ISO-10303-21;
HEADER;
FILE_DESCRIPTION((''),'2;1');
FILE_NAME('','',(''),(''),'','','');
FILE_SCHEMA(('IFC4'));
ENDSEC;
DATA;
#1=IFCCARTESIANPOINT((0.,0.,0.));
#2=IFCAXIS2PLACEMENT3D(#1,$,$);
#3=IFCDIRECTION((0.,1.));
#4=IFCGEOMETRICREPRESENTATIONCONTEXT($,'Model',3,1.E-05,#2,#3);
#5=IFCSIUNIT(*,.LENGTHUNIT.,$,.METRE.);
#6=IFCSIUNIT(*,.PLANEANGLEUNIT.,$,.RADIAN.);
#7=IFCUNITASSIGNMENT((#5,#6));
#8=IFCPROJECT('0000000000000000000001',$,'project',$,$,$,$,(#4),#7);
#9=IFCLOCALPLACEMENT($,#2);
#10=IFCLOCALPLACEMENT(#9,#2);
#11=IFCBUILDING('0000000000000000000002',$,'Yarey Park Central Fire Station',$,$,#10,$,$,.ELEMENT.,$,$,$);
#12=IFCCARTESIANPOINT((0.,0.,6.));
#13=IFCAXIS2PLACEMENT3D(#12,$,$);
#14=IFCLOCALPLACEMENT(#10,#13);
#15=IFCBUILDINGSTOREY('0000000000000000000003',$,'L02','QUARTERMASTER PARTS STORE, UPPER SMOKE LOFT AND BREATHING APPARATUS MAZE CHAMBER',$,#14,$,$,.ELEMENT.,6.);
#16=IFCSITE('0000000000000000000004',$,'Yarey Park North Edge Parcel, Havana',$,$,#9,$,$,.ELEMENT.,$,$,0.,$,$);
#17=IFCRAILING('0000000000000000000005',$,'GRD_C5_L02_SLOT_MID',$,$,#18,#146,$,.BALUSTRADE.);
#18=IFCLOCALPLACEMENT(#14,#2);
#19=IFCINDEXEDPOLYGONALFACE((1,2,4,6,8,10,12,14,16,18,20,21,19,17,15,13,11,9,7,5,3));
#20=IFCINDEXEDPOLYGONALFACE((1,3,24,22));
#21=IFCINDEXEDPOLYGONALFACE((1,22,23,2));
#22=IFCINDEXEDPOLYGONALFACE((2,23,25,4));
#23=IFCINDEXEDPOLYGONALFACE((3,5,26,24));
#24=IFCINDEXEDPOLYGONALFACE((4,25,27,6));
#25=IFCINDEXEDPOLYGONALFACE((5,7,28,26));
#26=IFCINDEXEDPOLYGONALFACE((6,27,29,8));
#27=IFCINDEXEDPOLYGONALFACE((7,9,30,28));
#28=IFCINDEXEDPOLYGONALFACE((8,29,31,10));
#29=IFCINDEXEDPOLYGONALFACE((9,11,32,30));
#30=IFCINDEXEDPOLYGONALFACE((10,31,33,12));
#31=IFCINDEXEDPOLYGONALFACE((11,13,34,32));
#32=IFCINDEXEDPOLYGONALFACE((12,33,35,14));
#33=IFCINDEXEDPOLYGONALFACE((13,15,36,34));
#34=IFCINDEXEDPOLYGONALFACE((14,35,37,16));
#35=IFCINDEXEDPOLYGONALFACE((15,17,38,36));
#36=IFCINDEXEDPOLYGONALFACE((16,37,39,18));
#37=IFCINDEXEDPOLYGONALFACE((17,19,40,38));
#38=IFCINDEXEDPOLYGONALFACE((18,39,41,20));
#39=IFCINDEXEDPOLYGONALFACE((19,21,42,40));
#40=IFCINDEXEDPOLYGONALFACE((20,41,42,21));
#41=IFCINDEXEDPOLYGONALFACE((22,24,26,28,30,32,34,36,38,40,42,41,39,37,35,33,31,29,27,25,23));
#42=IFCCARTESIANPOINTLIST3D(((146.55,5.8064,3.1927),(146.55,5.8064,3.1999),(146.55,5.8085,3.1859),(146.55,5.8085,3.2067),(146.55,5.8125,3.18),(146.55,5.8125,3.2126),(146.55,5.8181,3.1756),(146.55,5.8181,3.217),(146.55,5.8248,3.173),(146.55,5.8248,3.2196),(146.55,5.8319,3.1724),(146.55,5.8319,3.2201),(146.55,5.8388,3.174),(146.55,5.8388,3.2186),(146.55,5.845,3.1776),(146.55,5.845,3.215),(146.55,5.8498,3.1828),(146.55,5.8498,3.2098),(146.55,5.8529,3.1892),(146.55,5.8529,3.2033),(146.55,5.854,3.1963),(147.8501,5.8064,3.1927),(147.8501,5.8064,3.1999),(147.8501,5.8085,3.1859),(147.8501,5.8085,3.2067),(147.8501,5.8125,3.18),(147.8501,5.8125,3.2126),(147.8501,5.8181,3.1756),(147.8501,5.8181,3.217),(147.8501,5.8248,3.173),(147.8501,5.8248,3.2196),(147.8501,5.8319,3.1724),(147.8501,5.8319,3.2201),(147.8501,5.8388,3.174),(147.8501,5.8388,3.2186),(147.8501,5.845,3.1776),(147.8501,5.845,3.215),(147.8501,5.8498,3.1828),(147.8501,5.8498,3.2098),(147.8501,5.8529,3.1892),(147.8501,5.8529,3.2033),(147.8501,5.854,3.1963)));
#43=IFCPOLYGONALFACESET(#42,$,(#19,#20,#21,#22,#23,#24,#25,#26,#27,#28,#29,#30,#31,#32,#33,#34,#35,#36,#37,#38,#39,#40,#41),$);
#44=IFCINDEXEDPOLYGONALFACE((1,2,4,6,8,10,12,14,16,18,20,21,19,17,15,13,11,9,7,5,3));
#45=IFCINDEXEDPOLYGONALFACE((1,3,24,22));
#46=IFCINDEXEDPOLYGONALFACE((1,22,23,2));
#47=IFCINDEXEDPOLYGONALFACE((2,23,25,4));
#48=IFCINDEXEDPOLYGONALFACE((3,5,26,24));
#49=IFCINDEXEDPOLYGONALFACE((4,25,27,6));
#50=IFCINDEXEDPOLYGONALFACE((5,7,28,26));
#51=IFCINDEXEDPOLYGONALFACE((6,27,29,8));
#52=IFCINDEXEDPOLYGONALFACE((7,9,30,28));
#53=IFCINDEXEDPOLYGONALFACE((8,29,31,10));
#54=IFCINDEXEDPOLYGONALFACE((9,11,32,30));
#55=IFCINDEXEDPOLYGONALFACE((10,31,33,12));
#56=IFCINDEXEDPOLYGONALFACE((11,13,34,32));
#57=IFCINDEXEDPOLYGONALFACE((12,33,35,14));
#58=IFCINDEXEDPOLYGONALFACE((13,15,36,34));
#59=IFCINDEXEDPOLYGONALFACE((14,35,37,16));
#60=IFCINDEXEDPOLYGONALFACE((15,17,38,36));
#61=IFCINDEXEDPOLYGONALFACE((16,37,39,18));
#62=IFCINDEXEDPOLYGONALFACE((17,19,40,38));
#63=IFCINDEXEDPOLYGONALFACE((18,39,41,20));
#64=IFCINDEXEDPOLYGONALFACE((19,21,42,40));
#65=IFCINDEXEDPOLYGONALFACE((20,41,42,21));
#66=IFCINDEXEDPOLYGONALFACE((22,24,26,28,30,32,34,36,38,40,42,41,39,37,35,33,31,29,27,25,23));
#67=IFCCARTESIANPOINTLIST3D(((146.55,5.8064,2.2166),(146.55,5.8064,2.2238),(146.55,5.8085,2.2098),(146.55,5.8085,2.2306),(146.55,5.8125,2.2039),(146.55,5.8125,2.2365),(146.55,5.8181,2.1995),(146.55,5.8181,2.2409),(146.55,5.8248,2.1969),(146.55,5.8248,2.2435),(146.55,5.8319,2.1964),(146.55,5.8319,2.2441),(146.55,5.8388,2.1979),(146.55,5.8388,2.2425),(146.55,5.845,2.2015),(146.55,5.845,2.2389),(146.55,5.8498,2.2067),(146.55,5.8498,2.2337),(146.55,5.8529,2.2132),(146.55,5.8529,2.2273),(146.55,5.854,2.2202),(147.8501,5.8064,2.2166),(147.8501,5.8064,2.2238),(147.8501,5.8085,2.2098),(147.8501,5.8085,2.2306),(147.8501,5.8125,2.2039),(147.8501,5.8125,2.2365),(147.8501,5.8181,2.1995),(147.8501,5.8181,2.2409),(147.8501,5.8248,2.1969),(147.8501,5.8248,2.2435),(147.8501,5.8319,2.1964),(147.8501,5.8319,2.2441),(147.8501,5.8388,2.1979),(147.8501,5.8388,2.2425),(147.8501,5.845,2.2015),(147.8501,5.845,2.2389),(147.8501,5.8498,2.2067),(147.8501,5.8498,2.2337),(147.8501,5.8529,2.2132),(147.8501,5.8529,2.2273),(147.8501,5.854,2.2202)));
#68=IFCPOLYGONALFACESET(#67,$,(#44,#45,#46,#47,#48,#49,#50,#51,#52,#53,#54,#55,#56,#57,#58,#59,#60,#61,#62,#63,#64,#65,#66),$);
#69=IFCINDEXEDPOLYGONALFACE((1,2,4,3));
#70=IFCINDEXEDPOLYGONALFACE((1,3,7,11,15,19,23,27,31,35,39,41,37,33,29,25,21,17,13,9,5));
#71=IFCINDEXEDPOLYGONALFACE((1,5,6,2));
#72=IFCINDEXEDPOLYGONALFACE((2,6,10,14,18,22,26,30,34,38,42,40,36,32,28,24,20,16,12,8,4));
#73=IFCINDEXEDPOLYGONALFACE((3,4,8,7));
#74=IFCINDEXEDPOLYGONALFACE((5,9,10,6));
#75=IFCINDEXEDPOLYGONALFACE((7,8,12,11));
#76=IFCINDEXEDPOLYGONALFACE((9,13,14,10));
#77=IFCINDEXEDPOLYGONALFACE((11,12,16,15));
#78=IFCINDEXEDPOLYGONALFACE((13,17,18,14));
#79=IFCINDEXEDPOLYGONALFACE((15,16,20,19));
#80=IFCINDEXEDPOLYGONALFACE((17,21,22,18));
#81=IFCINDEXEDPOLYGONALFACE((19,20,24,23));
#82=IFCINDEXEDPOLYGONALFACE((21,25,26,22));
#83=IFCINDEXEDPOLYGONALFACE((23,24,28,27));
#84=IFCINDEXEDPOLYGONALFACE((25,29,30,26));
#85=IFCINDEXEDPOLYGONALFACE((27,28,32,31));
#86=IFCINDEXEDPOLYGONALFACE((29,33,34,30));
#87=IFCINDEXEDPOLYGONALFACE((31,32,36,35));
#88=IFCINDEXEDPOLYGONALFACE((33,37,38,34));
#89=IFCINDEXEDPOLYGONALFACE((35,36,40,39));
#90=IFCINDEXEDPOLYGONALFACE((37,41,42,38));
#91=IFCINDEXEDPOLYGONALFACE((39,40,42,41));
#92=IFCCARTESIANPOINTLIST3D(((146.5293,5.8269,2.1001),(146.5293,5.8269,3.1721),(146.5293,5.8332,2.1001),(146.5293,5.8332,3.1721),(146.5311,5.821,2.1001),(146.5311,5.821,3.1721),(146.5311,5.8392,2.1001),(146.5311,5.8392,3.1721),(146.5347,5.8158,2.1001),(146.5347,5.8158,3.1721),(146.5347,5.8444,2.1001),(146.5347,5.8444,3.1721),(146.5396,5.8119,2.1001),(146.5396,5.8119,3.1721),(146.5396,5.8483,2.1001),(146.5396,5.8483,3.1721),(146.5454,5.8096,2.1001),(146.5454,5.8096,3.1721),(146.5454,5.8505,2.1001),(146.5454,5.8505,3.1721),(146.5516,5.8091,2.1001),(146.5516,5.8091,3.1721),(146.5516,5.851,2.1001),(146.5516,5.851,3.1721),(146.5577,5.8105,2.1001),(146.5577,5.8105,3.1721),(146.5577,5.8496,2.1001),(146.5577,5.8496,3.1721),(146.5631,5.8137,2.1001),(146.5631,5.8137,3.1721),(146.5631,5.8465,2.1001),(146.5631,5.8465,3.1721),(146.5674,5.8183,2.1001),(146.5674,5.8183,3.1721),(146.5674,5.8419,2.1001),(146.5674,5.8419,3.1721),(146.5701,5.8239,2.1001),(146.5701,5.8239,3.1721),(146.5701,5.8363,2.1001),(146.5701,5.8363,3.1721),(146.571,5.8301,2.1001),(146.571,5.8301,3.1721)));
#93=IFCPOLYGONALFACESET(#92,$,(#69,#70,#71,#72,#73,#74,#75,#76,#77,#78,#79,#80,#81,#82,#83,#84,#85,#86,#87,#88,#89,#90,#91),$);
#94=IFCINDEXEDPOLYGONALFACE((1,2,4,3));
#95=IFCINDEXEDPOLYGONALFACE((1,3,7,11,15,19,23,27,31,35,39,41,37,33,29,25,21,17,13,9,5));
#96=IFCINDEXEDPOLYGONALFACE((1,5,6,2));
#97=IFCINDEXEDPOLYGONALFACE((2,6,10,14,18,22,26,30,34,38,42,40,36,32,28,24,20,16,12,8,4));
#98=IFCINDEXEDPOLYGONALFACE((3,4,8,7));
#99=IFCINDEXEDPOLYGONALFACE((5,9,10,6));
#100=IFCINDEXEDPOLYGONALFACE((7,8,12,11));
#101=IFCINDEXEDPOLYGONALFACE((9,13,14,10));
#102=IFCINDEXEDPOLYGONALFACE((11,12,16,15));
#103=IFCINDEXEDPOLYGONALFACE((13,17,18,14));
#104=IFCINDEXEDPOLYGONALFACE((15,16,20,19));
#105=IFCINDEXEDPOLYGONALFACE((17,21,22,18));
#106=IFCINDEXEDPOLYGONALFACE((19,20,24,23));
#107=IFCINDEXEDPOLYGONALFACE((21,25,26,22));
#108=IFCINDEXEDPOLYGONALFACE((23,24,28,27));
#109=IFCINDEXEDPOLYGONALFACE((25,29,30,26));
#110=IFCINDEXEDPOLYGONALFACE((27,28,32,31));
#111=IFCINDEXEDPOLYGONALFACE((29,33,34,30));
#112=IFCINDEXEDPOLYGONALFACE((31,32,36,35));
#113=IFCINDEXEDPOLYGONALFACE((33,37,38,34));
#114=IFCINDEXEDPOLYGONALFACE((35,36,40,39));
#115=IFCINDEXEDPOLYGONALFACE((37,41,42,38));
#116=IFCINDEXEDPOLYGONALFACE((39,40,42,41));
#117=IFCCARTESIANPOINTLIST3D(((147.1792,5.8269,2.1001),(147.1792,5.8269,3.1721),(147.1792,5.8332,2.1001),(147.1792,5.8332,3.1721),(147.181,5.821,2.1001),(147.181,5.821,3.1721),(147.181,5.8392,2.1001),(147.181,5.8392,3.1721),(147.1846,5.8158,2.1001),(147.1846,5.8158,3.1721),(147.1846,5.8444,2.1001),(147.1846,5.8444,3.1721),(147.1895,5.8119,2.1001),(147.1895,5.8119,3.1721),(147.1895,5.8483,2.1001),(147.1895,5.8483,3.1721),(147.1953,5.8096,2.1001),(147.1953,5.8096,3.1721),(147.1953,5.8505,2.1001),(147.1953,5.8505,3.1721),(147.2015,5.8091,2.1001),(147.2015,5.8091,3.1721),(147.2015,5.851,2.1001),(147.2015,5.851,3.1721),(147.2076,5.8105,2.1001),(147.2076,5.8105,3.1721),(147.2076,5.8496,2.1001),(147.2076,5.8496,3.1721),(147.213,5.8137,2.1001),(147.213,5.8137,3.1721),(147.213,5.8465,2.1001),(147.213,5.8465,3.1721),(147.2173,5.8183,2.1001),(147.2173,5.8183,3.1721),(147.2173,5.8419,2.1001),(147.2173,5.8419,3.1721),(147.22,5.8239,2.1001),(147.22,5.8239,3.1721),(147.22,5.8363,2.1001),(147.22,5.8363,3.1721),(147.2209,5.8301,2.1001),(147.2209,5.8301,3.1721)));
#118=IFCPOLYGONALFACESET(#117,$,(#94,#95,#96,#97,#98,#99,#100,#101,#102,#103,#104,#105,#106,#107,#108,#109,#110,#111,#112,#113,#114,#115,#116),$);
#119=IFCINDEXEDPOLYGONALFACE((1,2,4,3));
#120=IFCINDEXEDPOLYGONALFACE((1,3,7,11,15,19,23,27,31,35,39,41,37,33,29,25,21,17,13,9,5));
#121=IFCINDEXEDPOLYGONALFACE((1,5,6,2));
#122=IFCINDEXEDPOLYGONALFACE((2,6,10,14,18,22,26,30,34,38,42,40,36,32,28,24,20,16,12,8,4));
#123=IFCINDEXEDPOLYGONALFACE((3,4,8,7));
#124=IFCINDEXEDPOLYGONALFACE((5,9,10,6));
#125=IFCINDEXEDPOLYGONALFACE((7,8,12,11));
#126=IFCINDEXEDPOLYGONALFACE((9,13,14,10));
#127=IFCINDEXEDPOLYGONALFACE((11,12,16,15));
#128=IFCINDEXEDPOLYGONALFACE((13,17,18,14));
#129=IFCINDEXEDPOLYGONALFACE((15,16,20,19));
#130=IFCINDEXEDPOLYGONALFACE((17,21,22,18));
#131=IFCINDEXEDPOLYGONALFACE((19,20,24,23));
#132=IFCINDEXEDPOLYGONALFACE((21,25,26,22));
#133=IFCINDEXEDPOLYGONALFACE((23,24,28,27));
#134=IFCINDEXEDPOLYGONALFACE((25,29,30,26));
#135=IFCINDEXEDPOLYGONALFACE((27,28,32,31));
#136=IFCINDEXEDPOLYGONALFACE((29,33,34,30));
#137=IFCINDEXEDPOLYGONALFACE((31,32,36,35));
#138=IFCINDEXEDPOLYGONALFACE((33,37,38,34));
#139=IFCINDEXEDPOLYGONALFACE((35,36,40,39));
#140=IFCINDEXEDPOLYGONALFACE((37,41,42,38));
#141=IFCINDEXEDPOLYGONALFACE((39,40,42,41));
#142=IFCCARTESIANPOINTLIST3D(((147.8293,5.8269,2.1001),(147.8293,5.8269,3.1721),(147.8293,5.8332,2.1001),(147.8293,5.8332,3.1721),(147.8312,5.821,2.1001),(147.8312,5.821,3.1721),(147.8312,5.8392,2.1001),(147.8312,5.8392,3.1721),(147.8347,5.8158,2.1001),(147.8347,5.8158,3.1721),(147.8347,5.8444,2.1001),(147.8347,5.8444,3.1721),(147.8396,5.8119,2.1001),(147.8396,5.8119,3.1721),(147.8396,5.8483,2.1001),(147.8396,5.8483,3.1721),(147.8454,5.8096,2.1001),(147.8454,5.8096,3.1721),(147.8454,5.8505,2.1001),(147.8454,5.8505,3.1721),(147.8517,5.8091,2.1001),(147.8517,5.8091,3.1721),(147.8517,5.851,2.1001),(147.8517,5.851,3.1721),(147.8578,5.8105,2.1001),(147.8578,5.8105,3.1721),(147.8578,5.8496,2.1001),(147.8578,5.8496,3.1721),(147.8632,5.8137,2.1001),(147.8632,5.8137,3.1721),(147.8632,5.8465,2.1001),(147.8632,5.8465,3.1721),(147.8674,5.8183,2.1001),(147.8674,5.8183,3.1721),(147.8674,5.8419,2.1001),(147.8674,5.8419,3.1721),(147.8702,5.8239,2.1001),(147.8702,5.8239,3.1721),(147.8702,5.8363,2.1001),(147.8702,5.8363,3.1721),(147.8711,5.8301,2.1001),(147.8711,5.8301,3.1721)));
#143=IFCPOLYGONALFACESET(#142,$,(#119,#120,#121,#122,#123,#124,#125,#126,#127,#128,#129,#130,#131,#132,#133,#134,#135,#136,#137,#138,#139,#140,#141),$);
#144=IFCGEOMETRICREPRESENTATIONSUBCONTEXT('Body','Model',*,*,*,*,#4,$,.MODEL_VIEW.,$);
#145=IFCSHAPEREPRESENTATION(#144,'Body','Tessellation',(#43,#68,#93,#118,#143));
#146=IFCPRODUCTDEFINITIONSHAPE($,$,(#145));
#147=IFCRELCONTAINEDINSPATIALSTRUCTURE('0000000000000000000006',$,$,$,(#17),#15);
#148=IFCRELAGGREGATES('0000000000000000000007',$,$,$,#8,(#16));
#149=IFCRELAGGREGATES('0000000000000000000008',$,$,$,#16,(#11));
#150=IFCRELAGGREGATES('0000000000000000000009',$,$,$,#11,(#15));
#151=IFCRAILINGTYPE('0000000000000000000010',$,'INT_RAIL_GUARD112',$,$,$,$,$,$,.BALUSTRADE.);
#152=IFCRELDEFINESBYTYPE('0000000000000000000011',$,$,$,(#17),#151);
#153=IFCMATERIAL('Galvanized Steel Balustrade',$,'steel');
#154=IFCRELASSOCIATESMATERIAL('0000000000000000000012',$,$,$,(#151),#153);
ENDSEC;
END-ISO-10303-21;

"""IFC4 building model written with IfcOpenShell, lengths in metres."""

from ifc_helpers import new_model, si_unit, direction, frame, origin, origin_2d, place, context, subcontext, project, spatial, circle, extrude, material, type_object, element, save


model = new_model("IFC4")

# Units and contexts
model_context = context("Model", 3, precision=1e-05, world=origin(), true_north=direction((0.0, 1.0)))
body_context = subcontext(model_context, "Body", "Model", "MODEL_VIEW")
ifc_project = project(units=[si_unit("LENGTHUNIT", "METRE"), si_unit("PLANEANGLEUNIT", "RADIAN")], contexts=[model_context])

# Site, building, storey
site_placement = place(None, origin())
site = spatial("IfcSite", under=ifc_project, at=site_placement, Name="Yarey Park North Edge Parcel, Havana", CompositionType="ELEMENT", RefElevation=0.0)
building_placement = place(site_placement, origin())
building = spatial("IfcBuilding", under=site, at=building_placement, Name="Yarey Park Central Fire Station", CompositionType="ELEMENT")
storey_placement = place(building_placement, frame((0.0, 0.0, 6.0)))
storey = spatial("IfcBuildingStorey", under=building, at=storey_placement, Name="L02", Description="QUARTERMASTER PARTS STORE, UPPER SMOKE LOFT AND BREATHING APPARATUS MAZE CHAMBER", CompositionType="ELEMENT", Elevation=6.0)

# Railing
ifc_material_1 = material(Name="Galvanized Steel Balustrade", Category="steel")
railing_type_1 = type_object("IfcRailingType", Name="INT_RAIL_GUARD112", PredefinedType="BALUSTRADE", material=ifc_material_1)
for number, where, name in (
    (1, (146.55, 5.8301, 2.1001), "GRD_C5_L02_SLOT_MID"),
):
    element("IfcRailing", number, at=place(storey_placement, frame(where)), inside=storey, type_object=railing_type_1, Name=name, PredefinedType="BALUSTRADE", context=body_context, shape_type="SweptSolid", body=[
        extrude(circle(Radius=0.0239, at=origin_2d()), frame((0.0, 0.0, 1.0962), z_axis=(1.0, 0.0, 0.0), x_axis=(0.0, 1.0, 0.0)), (0.0, 0.0, 1.0), 1.3),
        extrude(circle(Radius=0.0239, at=origin_2d()), frame((0.0, 0.0, 0.1201), z_axis=(1.0, 0.0, 0.0), x_axis=(0.0, 1.0, 0.0)), (0.0, 0.0, 1.0), 1.3),
        extrude(circle(Radius=0.021, at=origin_2d()), origin(), (0.0, 0.0, 1.0), 1.072),
        extrude(circle(Radius=0.021, at=origin_2d()), frame((0.6499, 0.0, 0.0)), (0.0, 0.0, 1.0), 1.072),
        extrude(circle(Radius=0.021, at=origin_2d()), frame((1.3, 0.0, 0.0)), (0.0, 0.0, 1.0), 1.072),
    ])

save(model, "model.ifc")
